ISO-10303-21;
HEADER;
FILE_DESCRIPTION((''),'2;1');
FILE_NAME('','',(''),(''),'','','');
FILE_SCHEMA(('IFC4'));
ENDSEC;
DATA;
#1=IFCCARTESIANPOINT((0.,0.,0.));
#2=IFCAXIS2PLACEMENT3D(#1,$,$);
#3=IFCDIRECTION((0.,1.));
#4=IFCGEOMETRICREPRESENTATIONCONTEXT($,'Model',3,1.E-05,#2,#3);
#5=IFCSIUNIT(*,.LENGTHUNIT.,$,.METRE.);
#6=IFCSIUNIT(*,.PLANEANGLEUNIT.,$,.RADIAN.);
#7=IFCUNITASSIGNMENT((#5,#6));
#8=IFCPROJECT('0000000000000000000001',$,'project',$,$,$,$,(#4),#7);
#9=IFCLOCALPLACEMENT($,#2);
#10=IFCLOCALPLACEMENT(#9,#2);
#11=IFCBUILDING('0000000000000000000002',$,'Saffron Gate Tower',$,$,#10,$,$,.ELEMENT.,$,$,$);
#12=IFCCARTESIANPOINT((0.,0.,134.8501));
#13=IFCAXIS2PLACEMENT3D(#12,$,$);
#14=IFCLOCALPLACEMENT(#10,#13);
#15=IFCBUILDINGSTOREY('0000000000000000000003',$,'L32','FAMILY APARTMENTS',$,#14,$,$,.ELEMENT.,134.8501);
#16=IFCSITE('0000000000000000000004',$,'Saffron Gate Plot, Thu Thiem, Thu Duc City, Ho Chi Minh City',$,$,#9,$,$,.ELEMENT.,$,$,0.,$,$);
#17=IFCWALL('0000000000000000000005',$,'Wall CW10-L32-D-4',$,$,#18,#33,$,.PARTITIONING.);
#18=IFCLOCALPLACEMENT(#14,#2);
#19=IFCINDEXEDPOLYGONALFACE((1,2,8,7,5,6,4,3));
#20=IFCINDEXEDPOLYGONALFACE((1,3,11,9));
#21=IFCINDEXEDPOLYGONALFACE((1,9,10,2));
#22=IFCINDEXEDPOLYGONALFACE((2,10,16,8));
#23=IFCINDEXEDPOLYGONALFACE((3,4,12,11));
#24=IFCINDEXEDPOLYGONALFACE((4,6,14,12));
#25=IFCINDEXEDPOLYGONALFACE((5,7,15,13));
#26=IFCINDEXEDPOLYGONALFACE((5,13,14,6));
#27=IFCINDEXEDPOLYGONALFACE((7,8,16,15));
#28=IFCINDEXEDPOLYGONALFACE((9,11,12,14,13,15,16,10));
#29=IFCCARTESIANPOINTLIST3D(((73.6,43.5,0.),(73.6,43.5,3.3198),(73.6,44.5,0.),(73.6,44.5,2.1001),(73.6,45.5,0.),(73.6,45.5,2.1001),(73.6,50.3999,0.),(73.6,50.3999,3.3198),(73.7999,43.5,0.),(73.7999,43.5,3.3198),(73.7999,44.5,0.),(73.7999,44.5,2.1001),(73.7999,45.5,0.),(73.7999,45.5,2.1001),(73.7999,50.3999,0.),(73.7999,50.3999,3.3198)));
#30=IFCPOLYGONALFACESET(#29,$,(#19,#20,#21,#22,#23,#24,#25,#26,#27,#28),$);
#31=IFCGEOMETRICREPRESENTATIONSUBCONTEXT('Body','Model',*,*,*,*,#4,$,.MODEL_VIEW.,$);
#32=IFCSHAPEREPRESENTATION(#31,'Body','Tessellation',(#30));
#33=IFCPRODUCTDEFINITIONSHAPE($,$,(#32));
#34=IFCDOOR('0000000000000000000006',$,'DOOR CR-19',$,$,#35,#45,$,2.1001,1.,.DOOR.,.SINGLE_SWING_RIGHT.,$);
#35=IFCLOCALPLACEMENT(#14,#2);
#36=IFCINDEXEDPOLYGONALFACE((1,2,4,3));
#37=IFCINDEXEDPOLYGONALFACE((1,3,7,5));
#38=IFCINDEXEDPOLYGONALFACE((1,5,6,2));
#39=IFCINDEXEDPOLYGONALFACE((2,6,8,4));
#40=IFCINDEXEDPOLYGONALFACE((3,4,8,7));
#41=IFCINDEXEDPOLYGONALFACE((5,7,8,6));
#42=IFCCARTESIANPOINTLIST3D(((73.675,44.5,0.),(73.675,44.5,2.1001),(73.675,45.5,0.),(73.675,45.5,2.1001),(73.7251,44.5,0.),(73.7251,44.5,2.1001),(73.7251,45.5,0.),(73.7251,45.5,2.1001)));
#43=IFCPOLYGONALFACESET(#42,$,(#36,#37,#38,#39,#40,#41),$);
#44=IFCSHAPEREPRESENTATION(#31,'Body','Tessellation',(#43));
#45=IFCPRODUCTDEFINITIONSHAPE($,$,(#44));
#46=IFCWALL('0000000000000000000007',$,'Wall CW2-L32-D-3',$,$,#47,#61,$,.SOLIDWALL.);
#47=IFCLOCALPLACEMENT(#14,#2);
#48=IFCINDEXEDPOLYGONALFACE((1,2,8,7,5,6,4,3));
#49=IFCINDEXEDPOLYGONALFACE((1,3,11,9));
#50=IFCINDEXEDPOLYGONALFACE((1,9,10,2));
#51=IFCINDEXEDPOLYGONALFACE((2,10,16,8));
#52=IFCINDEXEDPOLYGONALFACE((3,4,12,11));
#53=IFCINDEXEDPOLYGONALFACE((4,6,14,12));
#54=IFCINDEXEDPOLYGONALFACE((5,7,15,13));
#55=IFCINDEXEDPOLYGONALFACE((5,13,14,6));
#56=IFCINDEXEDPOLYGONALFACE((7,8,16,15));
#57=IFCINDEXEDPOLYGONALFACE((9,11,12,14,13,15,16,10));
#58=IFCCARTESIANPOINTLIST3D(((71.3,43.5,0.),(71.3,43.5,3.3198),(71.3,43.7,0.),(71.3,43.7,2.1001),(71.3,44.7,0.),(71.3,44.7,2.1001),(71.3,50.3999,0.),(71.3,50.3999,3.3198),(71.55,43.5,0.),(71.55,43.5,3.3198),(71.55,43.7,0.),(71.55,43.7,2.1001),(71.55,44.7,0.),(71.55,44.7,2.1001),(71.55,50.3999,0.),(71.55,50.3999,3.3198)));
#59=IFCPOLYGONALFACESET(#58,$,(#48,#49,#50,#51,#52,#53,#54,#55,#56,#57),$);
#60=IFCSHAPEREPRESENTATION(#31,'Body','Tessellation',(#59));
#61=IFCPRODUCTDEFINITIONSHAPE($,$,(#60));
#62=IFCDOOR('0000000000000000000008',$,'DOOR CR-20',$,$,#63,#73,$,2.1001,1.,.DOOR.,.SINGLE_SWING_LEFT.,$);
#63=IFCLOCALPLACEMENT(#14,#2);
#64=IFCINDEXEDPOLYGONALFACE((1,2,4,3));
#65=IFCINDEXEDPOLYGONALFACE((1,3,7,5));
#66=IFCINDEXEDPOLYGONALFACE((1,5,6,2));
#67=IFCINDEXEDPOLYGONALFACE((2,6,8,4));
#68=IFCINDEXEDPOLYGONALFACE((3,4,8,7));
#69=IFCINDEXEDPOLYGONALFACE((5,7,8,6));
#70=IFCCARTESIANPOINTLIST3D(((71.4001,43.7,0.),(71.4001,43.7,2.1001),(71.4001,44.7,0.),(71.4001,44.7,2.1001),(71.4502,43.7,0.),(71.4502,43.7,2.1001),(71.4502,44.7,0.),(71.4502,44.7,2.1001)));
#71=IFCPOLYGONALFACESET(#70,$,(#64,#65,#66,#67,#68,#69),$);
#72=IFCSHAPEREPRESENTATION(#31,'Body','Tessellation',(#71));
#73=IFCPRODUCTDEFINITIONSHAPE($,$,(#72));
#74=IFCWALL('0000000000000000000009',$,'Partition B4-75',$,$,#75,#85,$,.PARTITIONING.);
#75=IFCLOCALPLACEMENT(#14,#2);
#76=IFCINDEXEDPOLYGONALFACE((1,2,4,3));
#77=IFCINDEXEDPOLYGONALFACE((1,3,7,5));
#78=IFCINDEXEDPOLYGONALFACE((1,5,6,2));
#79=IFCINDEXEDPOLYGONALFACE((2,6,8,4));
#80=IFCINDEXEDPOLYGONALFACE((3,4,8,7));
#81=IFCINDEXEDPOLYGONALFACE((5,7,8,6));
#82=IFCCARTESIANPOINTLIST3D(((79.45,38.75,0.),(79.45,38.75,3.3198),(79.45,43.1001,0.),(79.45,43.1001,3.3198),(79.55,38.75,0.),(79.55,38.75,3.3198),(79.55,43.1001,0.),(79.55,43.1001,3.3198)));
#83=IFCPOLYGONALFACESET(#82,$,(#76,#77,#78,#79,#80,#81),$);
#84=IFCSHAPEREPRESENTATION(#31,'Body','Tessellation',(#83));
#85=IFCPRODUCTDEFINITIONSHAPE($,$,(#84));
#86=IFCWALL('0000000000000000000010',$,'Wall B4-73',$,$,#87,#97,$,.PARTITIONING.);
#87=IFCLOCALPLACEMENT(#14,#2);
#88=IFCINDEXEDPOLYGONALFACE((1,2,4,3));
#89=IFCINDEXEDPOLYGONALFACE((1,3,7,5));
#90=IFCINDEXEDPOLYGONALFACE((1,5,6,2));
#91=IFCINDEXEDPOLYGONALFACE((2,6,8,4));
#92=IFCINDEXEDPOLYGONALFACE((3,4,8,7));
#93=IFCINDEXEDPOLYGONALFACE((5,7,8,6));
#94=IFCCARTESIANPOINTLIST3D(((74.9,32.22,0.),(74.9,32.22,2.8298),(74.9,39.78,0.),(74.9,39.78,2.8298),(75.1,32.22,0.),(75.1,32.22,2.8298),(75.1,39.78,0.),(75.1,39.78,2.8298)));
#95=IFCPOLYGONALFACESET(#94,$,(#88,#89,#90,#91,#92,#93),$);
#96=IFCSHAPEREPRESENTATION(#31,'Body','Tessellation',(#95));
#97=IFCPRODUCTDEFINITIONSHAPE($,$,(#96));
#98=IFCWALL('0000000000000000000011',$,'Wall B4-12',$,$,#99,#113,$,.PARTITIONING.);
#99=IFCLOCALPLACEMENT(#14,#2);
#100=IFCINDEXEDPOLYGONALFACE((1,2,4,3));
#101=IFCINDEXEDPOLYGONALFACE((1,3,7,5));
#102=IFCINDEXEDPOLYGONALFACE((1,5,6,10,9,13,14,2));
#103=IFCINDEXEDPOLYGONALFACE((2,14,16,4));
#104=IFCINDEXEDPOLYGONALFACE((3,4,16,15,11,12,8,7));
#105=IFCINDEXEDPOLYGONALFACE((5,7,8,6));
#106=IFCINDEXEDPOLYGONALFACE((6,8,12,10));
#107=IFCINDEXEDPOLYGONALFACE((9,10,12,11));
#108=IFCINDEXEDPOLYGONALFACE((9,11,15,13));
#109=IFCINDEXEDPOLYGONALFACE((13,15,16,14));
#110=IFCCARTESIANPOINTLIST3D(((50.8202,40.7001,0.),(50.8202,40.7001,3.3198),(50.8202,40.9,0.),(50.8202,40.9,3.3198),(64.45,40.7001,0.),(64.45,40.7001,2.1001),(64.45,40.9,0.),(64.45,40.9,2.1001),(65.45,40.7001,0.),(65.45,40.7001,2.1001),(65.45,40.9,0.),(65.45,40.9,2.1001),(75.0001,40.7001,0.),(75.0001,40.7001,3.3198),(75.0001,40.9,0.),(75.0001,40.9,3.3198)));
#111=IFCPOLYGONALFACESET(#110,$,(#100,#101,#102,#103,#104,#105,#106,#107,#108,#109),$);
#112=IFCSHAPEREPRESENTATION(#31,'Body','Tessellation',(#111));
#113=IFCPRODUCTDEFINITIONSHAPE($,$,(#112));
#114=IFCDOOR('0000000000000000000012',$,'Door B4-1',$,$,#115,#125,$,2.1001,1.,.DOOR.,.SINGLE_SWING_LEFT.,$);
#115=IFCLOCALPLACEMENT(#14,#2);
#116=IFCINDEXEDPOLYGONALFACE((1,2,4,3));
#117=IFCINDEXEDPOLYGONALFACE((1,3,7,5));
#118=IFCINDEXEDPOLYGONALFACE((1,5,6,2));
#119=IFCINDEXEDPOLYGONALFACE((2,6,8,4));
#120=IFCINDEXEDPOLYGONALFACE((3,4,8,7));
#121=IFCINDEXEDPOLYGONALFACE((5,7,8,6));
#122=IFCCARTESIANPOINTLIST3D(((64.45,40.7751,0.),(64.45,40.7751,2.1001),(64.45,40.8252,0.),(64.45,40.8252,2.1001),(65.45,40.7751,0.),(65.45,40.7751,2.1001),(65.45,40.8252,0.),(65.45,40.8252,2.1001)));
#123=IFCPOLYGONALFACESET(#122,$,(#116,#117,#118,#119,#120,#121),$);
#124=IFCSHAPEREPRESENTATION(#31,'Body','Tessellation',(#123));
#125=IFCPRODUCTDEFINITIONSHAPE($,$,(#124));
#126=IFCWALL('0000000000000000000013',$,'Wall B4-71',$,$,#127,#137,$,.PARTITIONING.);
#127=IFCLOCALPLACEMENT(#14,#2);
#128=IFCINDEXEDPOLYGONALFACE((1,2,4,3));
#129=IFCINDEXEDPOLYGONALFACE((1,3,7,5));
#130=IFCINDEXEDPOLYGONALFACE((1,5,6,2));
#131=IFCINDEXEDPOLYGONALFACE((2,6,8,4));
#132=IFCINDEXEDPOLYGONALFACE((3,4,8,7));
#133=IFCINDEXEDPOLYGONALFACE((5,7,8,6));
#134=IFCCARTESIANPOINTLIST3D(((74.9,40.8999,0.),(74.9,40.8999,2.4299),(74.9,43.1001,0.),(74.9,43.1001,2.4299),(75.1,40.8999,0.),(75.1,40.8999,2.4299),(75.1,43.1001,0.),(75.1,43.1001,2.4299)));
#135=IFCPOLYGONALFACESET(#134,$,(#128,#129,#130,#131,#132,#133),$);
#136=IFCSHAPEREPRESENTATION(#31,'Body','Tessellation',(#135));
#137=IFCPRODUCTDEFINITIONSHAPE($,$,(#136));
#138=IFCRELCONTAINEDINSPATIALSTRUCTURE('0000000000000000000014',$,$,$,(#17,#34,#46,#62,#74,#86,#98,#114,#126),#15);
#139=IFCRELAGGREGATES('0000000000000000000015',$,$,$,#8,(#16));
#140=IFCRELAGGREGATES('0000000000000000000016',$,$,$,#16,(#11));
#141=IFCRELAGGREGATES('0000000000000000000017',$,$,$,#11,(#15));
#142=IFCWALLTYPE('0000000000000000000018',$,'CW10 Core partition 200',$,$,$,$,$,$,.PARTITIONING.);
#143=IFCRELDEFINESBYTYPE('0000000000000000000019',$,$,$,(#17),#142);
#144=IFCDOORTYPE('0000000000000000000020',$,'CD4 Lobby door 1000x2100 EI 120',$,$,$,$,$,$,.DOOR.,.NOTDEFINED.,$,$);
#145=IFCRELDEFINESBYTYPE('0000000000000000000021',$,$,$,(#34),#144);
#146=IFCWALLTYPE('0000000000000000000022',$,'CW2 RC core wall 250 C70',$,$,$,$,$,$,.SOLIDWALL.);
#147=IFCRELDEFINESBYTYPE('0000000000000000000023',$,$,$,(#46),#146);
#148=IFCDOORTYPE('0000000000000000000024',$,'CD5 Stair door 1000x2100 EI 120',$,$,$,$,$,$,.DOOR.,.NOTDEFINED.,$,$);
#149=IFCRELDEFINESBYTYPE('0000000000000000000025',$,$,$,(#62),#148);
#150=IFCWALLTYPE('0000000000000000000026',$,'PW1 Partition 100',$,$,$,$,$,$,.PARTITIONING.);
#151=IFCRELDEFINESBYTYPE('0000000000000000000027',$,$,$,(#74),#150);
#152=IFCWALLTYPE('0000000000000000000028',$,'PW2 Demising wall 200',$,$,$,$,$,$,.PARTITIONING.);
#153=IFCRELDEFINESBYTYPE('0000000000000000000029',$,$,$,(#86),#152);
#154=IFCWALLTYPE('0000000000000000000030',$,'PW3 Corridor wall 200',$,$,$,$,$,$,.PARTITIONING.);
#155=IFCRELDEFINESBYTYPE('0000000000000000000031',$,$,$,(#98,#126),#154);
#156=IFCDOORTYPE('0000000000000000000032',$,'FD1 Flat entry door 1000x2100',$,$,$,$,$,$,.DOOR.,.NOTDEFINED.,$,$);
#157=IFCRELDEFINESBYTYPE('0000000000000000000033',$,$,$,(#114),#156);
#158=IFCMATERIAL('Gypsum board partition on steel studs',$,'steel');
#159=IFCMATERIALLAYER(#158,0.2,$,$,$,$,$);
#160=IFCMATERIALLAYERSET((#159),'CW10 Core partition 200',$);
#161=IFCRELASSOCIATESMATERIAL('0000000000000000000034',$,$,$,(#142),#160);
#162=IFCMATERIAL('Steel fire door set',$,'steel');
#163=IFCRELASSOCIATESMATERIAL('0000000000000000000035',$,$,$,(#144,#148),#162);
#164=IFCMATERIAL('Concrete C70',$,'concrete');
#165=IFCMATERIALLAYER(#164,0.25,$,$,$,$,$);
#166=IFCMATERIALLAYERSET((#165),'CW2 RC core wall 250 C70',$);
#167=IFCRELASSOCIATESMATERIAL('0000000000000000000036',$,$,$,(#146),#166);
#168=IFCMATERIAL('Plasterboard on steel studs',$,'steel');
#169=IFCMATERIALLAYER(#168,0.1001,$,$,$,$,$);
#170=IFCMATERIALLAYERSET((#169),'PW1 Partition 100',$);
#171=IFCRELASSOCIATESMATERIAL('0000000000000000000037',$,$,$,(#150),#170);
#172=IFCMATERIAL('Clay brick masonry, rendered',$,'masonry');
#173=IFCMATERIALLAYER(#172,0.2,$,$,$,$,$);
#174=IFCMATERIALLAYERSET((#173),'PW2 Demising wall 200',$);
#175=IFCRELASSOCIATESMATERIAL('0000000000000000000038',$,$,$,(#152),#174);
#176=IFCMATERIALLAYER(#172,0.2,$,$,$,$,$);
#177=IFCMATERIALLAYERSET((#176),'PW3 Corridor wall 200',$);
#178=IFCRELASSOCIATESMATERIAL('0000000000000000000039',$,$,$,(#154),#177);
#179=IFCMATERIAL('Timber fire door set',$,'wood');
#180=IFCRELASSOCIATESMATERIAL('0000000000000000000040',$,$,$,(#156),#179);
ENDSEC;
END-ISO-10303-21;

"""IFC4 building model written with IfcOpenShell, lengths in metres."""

from ifc_helpers import new_model, si_unit, direction, frame, frame_2d, origin, place, context, subcontext, project, spatial, rectangle, extrude, material, layer, layer_set, type_object, element, fill, save


model = new_model("IFC4")

# Units and contexts
model_context = context("Model", 3, precision=1e-05, world=origin(), true_north=direction((0.0, 1.0)))
body_context = subcontext(model_context, "Body", "Model", "MODEL_VIEW")
ifc_project = project(units=[si_unit("LENGTHUNIT", "METRE"), si_unit("PLANEANGLEUNIT", "RADIAN")], contexts=[model_context])

# Site, building, storey
site_placement = place(None, origin())
site = spatial("IfcSite", under=ifc_project, at=site_placement, Name="Saffron Gate Plot, Thu Thiem, Thu Duc City, Ho Chi Minh City", CompositionType="ELEMENT", RefElevation=0.0)
building_placement = place(site_placement, origin())
building = spatial("IfcBuilding", under=site, at=building_placement, Name="Saffron Gate Tower", CompositionType="ELEMENT")
storey_placement = place(building_placement, frame((0.0, 0.0, 134.8501)))
storey = spatial("IfcBuildingStorey", under=building, at=storey_placement, Name="L32", Description="FAMILY APARTMENTS", CompositionType="ELEMENT", Elevation=134.8501)

# Walls, openings, doors
ifc_material_1 = material(Name="Gypsum board partition on steel studs", Category="steel")
ifc_layer_1 = layer(ifc_material_1, 0.2)
ifc_layer_set_1 = layer_set([ifc_layer_1], Name="CW10 Core partition 200")
wall_type_1 = type_object("IfcWallType", Name="CW10 Core partition 200", PredefinedType="PARTITIONING", material=ifc_layer_set_1)
wall_1_placement = place(storey_placement, frame((73.7, 43.5, 0.0), z_axis=(0.0, 0.0, 1.0), x_axis=(0.0, 1.0, 0.0)))
wall_1 = element("IfcWall", 1, at=wall_1_placement, inside=storey, type_object=wall_type_1, Name="Wall CW10-L32-D-4", PredefinedType="PARTITIONING", context=body_context, shape_type="SweptSolid", body=[
    extrude(rectangle(XDim=6.8999, YDim=0.2, at=frame_2d((3.45, 0.0))), origin(), (0.0, 0.0, 1.0), 3.3198),
])
opening_1_placement = place(wall_1_placement, frame((1.0, 0.0, 0.0)))
opening_1 = element("IfcOpeningElement", 2, at=opening_1_placement, cuts=wall_1, PredefinedType="OPENING", context=body_context, shape_type="SweptSolid", body=[
    extrude(rectangle(XDim=1.0, YDim=2.1001, at=frame_2d((0.5, 1.05))), frame((0.0, 0.1099, 0.0), z_axis=(0.0, -1.0, 0.0), x_axis=(1.0, 0.0, 0.0)), (0.0, 0.0, 1.0), 0.22),
])
ifc_material_2 = material(Name="Steel fire door set", Category="steel")
door_type_1 = type_object("IfcDoorType", Name="CD4 Lobby door 1000x2100 EI 120", OperationType="NOTDEFINED", PredefinedType="DOOR", material=ifc_material_2)
door_1_placement = place(opening_1_placement, origin())
door_1 = element("IfcDoor", 3, at=door_1_placement, inside=storey, type_object=door_type_1, Name="DOOR CR-19", OperationType="SINGLE_SWING_RIGHT", OverallHeight=2.1001, OverallWidth=1.0, PredefinedType="DOOR", context=body_context, shape_type="SweptSolid", body=[
    extrude(rectangle(XDim=1.0, YDim=2.1001, at=frame_2d((0.5, 1.05))), frame((0.0, 0.0249, 0.0), z_axis=(0.0, -1.0, 0.0), x_axis=(1.0, 0.0, 0.0)), (0.0, 0.0, 1.0), 0.05),
])
fill(opening_1, door_1)
ifc_material_3 = material(Name="Concrete C70", Category="concrete")
ifc_layer_2 = layer(ifc_material_3, 0.25)
ifc_layer_set_2 = layer_set([ifc_layer_2], Name="CW2 RC core wall 250 C70")
wall_type_2 = type_object("IfcWallType", Name="CW2 RC core wall 250 C70", PredefinedType="SOLIDWALL", material=ifc_layer_set_2)
wall_2_placement = place(storey_placement, frame((71.425, 43.5, 0.0), z_axis=(0.0, 0.0, 1.0), x_axis=(0.0, 1.0, 0.0)))
wall_2 = element("IfcWall", 4, at=wall_2_placement, inside=storey, type_object=wall_type_2, Name="Wall CW2-L32-D-3", PredefinedType="SOLIDWALL", context=body_context, shape_type="SweptSolid", body=[
    extrude(rectangle(XDim=6.8999, YDim=0.25, at=frame_2d((3.45, 0.0))), origin(), (0.0, 0.0, 1.0), 3.3198),
])
opening_2_placement = place(wall_2_placement, frame((0.2, 0.0, 0.0)))
opening_2 = element("IfcOpeningElement", 5, at=opening_2_placement, cuts=wall_2, PredefinedType="OPENING", context=body_context, shape_type="SweptSolid", body=[
    extrude(rectangle(XDim=1.0, YDim=2.1001, at=frame_2d((0.5, 1.05))), frame((0.0, 0.135, 0.0), z_axis=(0.0, -1.0, 0.0), x_axis=(1.0, 0.0, 0.0)), (0.0, 0.0, 1.0), 0.27),
])
door_type_2 = type_object("IfcDoorType", Name="CD5 Stair door 1000x2100 EI 120", OperationType="NOTDEFINED", PredefinedType="DOOR", material=ifc_material_2)
door_2_placement = place(opening_2_placement, origin())
door_2 = element("IfcDoor", 6, at=door_2_placement, inside=storey, type_object=door_type_2, Name="DOOR CR-20", OperationType="SINGLE_SWING_LEFT", OverallHeight=2.1001, OverallWidth=1.0, PredefinedType="DOOR", context=body_context, shape_type="SweptSolid", body=[
    extrude(rectangle(XDim=1.0, YDim=2.1001, at=frame_2d((0.5, 1.05))), frame((0.0, 0.0249, 0.0), z_axis=(0.0, -1.0, 0.0), x_axis=(1.0, 0.0, 0.0)), (0.0, 0.0, 1.0), 0.05),
])
fill(opening_2, door_2)

# Walls
ifc_material_4 = material(Name="Plasterboard on steel studs", Category="steel")
ifc_layer_3 = layer(ifc_material_4, 0.1001)
ifc_layer_set_3 = layer_set([ifc_layer_3], Name="PW1 Partition 100")
wall_type_3 = type_object("IfcWallType", Name="PW1 Partition 100", PredefinedType="PARTITIONING", material=ifc_layer_set_3)
wall_3_placement = place(storey_placement, frame((79.5, 43.1001, 0.0), z_axis=(0.0, 0.0, 1.0), x_axis=(0.0, -1.0, 0.0)))
element("IfcWall", 7, at=wall_3_placement, inside=storey, type_object=wall_type_3, Name="Partition B4-75", PredefinedType="PARTITIONING", context=body_context, shape_type="SweptSolid", body=[
    extrude(rectangle(XDim=4.3501, YDim=0.1001, at=frame_2d((2.175, 0.0))), origin(), (0.0, 0.0, 1.0), 3.3198),
])
ifc_material_5 = material(Name="Clay brick masonry, rendered", Category="masonry")
ifc_layer_4 = layer(ifc_material_5, 0.2)
ifc_layer_set_4 = layer_set([ifc_layer_4], Name="PW2 Demising wall 200")
wall_type_4 = type_object("IfcWallType", Name="PW2 Demising wall 200", PredefinedType="PARTITIONING", material=ifc_layer_set_4)
wall_4_placement = place(storey_placement, frame((75.0, 39.78, 0.0), z_axis=(0.0, 0.0, 1.0), x_axis=(0.0, -1.0, 0.0)))
element("IfcWall", 8, at=wall_4_placement, inside=storey, type_object=wall_type_4, Name="Wall B4-73", PredefinedType="PARTITIONING", context=body_context, shape_type="SweptSolid", body=[
    extrude(rectangle(XDim=7.5601, YDim=0.2, at=frame_2d((3.78, 0.0))), origin(), (0.0, 0.0, 1.0), 2.8298),
])

# Wall, opening, door
ifc_layer_5 = layer(ifc_material_5, 0.2)
ifc_layer_set_5 = layer_set([ifc_layer_5], Name="PW3 Corridor wall 200")
wall_type_5 = type_object("IfcWallType", Name="PW3 Corridor wall 200", PredefinedType="PARTITIONING", material=ifc_layer_set_5)
wall_5_placement = place(storey_placement, frame((75.0, 40.8, 0.0), z_axis=(0.0, 0.0, 1.0), x_axis=(-1.0, 0.0, 0.0)))
wall_5 = element("IfcWall", 9, at=wall_5_placement, inside=storey, type_object=wall_type_5, Name="Wall B4-12", PredefinedType="PARTITIONING", context=body_context, shape_type="SweptSolid", body=[
    extrude(rectangle(XDim=24.1799, YDim=0.2, at=frame_2d((12.0898, 0.0))), origin(), (0.0, 0.0, 1.0), 3.3198),
])
opening_3_placement = place(wall_5_placement, frame((9.55, 0.0, 0.0)))
opening_3 = element("IfcOpeningElement", 10, at=opening_3_placement, cuts=wall_5, PredefinedType="OPENING", context=body_context, shape_type="SweptSolid", body=[
    extrude(rectangle(XDim=1.0, YDim=2.1001, at=frame_2d((0.5, 1.05))), frame((0.0, 0.1099, 0.0), z_axis=(0.0, -1.0, 0.0), x_axis=(1.0, 0.0, 0.0)), (0.0, 0.0, 1.0), 0.22),
])
ifc_material_6 = material(Name="Timber fire door set", Category="wood")
door_type_3 = type_object("IfcDoorType", Name="FD1 Flat entry door 1000x2100", OperationType="NOTDEFINED", PredefinedType="DOOR", material=ifc_material_6)
door_3_placement = place(opening_3_placement, origin())
door_3 = element("IfcDoor", 11, at=door_3_placement, inside=storey, type_object=door_type_3, Name="Door B4-1", OperationType="SINGLE_SWING_LEFT", OverallHeight=2.1001, OverallWidth=1.0, PredefinedType="DOOR", context=body_context, shape_type="SweptSolid", body=[
    extrude(rectangle(XDim=1.0, YDim=2.1001, at=frame_2d((0.5, 1.05))), frame((0.0, 0.0249, 0.0), z_axis=(0.0, -1.0, 0.0), x_axis=(1.0, 0.0, 0.0)), (0.0, 0.0, 1.0), 0.05),
])
fill(opening_3, door_3)

# Wall
wall_6_placement = place(storey_placement, frame((75.0, 43.1001, 0.0), z_axis=(0.0, 0.0, 1.0), x_axis=(0.0, -1.0, 0.0)))
element("IfcWall", 12, at=wall_6_placement, inside=storey, type_object=wall_type_5, Name="Wall B4-71", PredefinedType="PARTITIONING", context=body_context, shape_type="SweptSolid", body=[
    extrude(rectangle(XDim=2.2002, YDim=0.2, at=frame_2d((1.1001, 0.0))), origin(), (0.0, 0.0, 1.0), 2.4299),
])

save(model, "model.ifc")
